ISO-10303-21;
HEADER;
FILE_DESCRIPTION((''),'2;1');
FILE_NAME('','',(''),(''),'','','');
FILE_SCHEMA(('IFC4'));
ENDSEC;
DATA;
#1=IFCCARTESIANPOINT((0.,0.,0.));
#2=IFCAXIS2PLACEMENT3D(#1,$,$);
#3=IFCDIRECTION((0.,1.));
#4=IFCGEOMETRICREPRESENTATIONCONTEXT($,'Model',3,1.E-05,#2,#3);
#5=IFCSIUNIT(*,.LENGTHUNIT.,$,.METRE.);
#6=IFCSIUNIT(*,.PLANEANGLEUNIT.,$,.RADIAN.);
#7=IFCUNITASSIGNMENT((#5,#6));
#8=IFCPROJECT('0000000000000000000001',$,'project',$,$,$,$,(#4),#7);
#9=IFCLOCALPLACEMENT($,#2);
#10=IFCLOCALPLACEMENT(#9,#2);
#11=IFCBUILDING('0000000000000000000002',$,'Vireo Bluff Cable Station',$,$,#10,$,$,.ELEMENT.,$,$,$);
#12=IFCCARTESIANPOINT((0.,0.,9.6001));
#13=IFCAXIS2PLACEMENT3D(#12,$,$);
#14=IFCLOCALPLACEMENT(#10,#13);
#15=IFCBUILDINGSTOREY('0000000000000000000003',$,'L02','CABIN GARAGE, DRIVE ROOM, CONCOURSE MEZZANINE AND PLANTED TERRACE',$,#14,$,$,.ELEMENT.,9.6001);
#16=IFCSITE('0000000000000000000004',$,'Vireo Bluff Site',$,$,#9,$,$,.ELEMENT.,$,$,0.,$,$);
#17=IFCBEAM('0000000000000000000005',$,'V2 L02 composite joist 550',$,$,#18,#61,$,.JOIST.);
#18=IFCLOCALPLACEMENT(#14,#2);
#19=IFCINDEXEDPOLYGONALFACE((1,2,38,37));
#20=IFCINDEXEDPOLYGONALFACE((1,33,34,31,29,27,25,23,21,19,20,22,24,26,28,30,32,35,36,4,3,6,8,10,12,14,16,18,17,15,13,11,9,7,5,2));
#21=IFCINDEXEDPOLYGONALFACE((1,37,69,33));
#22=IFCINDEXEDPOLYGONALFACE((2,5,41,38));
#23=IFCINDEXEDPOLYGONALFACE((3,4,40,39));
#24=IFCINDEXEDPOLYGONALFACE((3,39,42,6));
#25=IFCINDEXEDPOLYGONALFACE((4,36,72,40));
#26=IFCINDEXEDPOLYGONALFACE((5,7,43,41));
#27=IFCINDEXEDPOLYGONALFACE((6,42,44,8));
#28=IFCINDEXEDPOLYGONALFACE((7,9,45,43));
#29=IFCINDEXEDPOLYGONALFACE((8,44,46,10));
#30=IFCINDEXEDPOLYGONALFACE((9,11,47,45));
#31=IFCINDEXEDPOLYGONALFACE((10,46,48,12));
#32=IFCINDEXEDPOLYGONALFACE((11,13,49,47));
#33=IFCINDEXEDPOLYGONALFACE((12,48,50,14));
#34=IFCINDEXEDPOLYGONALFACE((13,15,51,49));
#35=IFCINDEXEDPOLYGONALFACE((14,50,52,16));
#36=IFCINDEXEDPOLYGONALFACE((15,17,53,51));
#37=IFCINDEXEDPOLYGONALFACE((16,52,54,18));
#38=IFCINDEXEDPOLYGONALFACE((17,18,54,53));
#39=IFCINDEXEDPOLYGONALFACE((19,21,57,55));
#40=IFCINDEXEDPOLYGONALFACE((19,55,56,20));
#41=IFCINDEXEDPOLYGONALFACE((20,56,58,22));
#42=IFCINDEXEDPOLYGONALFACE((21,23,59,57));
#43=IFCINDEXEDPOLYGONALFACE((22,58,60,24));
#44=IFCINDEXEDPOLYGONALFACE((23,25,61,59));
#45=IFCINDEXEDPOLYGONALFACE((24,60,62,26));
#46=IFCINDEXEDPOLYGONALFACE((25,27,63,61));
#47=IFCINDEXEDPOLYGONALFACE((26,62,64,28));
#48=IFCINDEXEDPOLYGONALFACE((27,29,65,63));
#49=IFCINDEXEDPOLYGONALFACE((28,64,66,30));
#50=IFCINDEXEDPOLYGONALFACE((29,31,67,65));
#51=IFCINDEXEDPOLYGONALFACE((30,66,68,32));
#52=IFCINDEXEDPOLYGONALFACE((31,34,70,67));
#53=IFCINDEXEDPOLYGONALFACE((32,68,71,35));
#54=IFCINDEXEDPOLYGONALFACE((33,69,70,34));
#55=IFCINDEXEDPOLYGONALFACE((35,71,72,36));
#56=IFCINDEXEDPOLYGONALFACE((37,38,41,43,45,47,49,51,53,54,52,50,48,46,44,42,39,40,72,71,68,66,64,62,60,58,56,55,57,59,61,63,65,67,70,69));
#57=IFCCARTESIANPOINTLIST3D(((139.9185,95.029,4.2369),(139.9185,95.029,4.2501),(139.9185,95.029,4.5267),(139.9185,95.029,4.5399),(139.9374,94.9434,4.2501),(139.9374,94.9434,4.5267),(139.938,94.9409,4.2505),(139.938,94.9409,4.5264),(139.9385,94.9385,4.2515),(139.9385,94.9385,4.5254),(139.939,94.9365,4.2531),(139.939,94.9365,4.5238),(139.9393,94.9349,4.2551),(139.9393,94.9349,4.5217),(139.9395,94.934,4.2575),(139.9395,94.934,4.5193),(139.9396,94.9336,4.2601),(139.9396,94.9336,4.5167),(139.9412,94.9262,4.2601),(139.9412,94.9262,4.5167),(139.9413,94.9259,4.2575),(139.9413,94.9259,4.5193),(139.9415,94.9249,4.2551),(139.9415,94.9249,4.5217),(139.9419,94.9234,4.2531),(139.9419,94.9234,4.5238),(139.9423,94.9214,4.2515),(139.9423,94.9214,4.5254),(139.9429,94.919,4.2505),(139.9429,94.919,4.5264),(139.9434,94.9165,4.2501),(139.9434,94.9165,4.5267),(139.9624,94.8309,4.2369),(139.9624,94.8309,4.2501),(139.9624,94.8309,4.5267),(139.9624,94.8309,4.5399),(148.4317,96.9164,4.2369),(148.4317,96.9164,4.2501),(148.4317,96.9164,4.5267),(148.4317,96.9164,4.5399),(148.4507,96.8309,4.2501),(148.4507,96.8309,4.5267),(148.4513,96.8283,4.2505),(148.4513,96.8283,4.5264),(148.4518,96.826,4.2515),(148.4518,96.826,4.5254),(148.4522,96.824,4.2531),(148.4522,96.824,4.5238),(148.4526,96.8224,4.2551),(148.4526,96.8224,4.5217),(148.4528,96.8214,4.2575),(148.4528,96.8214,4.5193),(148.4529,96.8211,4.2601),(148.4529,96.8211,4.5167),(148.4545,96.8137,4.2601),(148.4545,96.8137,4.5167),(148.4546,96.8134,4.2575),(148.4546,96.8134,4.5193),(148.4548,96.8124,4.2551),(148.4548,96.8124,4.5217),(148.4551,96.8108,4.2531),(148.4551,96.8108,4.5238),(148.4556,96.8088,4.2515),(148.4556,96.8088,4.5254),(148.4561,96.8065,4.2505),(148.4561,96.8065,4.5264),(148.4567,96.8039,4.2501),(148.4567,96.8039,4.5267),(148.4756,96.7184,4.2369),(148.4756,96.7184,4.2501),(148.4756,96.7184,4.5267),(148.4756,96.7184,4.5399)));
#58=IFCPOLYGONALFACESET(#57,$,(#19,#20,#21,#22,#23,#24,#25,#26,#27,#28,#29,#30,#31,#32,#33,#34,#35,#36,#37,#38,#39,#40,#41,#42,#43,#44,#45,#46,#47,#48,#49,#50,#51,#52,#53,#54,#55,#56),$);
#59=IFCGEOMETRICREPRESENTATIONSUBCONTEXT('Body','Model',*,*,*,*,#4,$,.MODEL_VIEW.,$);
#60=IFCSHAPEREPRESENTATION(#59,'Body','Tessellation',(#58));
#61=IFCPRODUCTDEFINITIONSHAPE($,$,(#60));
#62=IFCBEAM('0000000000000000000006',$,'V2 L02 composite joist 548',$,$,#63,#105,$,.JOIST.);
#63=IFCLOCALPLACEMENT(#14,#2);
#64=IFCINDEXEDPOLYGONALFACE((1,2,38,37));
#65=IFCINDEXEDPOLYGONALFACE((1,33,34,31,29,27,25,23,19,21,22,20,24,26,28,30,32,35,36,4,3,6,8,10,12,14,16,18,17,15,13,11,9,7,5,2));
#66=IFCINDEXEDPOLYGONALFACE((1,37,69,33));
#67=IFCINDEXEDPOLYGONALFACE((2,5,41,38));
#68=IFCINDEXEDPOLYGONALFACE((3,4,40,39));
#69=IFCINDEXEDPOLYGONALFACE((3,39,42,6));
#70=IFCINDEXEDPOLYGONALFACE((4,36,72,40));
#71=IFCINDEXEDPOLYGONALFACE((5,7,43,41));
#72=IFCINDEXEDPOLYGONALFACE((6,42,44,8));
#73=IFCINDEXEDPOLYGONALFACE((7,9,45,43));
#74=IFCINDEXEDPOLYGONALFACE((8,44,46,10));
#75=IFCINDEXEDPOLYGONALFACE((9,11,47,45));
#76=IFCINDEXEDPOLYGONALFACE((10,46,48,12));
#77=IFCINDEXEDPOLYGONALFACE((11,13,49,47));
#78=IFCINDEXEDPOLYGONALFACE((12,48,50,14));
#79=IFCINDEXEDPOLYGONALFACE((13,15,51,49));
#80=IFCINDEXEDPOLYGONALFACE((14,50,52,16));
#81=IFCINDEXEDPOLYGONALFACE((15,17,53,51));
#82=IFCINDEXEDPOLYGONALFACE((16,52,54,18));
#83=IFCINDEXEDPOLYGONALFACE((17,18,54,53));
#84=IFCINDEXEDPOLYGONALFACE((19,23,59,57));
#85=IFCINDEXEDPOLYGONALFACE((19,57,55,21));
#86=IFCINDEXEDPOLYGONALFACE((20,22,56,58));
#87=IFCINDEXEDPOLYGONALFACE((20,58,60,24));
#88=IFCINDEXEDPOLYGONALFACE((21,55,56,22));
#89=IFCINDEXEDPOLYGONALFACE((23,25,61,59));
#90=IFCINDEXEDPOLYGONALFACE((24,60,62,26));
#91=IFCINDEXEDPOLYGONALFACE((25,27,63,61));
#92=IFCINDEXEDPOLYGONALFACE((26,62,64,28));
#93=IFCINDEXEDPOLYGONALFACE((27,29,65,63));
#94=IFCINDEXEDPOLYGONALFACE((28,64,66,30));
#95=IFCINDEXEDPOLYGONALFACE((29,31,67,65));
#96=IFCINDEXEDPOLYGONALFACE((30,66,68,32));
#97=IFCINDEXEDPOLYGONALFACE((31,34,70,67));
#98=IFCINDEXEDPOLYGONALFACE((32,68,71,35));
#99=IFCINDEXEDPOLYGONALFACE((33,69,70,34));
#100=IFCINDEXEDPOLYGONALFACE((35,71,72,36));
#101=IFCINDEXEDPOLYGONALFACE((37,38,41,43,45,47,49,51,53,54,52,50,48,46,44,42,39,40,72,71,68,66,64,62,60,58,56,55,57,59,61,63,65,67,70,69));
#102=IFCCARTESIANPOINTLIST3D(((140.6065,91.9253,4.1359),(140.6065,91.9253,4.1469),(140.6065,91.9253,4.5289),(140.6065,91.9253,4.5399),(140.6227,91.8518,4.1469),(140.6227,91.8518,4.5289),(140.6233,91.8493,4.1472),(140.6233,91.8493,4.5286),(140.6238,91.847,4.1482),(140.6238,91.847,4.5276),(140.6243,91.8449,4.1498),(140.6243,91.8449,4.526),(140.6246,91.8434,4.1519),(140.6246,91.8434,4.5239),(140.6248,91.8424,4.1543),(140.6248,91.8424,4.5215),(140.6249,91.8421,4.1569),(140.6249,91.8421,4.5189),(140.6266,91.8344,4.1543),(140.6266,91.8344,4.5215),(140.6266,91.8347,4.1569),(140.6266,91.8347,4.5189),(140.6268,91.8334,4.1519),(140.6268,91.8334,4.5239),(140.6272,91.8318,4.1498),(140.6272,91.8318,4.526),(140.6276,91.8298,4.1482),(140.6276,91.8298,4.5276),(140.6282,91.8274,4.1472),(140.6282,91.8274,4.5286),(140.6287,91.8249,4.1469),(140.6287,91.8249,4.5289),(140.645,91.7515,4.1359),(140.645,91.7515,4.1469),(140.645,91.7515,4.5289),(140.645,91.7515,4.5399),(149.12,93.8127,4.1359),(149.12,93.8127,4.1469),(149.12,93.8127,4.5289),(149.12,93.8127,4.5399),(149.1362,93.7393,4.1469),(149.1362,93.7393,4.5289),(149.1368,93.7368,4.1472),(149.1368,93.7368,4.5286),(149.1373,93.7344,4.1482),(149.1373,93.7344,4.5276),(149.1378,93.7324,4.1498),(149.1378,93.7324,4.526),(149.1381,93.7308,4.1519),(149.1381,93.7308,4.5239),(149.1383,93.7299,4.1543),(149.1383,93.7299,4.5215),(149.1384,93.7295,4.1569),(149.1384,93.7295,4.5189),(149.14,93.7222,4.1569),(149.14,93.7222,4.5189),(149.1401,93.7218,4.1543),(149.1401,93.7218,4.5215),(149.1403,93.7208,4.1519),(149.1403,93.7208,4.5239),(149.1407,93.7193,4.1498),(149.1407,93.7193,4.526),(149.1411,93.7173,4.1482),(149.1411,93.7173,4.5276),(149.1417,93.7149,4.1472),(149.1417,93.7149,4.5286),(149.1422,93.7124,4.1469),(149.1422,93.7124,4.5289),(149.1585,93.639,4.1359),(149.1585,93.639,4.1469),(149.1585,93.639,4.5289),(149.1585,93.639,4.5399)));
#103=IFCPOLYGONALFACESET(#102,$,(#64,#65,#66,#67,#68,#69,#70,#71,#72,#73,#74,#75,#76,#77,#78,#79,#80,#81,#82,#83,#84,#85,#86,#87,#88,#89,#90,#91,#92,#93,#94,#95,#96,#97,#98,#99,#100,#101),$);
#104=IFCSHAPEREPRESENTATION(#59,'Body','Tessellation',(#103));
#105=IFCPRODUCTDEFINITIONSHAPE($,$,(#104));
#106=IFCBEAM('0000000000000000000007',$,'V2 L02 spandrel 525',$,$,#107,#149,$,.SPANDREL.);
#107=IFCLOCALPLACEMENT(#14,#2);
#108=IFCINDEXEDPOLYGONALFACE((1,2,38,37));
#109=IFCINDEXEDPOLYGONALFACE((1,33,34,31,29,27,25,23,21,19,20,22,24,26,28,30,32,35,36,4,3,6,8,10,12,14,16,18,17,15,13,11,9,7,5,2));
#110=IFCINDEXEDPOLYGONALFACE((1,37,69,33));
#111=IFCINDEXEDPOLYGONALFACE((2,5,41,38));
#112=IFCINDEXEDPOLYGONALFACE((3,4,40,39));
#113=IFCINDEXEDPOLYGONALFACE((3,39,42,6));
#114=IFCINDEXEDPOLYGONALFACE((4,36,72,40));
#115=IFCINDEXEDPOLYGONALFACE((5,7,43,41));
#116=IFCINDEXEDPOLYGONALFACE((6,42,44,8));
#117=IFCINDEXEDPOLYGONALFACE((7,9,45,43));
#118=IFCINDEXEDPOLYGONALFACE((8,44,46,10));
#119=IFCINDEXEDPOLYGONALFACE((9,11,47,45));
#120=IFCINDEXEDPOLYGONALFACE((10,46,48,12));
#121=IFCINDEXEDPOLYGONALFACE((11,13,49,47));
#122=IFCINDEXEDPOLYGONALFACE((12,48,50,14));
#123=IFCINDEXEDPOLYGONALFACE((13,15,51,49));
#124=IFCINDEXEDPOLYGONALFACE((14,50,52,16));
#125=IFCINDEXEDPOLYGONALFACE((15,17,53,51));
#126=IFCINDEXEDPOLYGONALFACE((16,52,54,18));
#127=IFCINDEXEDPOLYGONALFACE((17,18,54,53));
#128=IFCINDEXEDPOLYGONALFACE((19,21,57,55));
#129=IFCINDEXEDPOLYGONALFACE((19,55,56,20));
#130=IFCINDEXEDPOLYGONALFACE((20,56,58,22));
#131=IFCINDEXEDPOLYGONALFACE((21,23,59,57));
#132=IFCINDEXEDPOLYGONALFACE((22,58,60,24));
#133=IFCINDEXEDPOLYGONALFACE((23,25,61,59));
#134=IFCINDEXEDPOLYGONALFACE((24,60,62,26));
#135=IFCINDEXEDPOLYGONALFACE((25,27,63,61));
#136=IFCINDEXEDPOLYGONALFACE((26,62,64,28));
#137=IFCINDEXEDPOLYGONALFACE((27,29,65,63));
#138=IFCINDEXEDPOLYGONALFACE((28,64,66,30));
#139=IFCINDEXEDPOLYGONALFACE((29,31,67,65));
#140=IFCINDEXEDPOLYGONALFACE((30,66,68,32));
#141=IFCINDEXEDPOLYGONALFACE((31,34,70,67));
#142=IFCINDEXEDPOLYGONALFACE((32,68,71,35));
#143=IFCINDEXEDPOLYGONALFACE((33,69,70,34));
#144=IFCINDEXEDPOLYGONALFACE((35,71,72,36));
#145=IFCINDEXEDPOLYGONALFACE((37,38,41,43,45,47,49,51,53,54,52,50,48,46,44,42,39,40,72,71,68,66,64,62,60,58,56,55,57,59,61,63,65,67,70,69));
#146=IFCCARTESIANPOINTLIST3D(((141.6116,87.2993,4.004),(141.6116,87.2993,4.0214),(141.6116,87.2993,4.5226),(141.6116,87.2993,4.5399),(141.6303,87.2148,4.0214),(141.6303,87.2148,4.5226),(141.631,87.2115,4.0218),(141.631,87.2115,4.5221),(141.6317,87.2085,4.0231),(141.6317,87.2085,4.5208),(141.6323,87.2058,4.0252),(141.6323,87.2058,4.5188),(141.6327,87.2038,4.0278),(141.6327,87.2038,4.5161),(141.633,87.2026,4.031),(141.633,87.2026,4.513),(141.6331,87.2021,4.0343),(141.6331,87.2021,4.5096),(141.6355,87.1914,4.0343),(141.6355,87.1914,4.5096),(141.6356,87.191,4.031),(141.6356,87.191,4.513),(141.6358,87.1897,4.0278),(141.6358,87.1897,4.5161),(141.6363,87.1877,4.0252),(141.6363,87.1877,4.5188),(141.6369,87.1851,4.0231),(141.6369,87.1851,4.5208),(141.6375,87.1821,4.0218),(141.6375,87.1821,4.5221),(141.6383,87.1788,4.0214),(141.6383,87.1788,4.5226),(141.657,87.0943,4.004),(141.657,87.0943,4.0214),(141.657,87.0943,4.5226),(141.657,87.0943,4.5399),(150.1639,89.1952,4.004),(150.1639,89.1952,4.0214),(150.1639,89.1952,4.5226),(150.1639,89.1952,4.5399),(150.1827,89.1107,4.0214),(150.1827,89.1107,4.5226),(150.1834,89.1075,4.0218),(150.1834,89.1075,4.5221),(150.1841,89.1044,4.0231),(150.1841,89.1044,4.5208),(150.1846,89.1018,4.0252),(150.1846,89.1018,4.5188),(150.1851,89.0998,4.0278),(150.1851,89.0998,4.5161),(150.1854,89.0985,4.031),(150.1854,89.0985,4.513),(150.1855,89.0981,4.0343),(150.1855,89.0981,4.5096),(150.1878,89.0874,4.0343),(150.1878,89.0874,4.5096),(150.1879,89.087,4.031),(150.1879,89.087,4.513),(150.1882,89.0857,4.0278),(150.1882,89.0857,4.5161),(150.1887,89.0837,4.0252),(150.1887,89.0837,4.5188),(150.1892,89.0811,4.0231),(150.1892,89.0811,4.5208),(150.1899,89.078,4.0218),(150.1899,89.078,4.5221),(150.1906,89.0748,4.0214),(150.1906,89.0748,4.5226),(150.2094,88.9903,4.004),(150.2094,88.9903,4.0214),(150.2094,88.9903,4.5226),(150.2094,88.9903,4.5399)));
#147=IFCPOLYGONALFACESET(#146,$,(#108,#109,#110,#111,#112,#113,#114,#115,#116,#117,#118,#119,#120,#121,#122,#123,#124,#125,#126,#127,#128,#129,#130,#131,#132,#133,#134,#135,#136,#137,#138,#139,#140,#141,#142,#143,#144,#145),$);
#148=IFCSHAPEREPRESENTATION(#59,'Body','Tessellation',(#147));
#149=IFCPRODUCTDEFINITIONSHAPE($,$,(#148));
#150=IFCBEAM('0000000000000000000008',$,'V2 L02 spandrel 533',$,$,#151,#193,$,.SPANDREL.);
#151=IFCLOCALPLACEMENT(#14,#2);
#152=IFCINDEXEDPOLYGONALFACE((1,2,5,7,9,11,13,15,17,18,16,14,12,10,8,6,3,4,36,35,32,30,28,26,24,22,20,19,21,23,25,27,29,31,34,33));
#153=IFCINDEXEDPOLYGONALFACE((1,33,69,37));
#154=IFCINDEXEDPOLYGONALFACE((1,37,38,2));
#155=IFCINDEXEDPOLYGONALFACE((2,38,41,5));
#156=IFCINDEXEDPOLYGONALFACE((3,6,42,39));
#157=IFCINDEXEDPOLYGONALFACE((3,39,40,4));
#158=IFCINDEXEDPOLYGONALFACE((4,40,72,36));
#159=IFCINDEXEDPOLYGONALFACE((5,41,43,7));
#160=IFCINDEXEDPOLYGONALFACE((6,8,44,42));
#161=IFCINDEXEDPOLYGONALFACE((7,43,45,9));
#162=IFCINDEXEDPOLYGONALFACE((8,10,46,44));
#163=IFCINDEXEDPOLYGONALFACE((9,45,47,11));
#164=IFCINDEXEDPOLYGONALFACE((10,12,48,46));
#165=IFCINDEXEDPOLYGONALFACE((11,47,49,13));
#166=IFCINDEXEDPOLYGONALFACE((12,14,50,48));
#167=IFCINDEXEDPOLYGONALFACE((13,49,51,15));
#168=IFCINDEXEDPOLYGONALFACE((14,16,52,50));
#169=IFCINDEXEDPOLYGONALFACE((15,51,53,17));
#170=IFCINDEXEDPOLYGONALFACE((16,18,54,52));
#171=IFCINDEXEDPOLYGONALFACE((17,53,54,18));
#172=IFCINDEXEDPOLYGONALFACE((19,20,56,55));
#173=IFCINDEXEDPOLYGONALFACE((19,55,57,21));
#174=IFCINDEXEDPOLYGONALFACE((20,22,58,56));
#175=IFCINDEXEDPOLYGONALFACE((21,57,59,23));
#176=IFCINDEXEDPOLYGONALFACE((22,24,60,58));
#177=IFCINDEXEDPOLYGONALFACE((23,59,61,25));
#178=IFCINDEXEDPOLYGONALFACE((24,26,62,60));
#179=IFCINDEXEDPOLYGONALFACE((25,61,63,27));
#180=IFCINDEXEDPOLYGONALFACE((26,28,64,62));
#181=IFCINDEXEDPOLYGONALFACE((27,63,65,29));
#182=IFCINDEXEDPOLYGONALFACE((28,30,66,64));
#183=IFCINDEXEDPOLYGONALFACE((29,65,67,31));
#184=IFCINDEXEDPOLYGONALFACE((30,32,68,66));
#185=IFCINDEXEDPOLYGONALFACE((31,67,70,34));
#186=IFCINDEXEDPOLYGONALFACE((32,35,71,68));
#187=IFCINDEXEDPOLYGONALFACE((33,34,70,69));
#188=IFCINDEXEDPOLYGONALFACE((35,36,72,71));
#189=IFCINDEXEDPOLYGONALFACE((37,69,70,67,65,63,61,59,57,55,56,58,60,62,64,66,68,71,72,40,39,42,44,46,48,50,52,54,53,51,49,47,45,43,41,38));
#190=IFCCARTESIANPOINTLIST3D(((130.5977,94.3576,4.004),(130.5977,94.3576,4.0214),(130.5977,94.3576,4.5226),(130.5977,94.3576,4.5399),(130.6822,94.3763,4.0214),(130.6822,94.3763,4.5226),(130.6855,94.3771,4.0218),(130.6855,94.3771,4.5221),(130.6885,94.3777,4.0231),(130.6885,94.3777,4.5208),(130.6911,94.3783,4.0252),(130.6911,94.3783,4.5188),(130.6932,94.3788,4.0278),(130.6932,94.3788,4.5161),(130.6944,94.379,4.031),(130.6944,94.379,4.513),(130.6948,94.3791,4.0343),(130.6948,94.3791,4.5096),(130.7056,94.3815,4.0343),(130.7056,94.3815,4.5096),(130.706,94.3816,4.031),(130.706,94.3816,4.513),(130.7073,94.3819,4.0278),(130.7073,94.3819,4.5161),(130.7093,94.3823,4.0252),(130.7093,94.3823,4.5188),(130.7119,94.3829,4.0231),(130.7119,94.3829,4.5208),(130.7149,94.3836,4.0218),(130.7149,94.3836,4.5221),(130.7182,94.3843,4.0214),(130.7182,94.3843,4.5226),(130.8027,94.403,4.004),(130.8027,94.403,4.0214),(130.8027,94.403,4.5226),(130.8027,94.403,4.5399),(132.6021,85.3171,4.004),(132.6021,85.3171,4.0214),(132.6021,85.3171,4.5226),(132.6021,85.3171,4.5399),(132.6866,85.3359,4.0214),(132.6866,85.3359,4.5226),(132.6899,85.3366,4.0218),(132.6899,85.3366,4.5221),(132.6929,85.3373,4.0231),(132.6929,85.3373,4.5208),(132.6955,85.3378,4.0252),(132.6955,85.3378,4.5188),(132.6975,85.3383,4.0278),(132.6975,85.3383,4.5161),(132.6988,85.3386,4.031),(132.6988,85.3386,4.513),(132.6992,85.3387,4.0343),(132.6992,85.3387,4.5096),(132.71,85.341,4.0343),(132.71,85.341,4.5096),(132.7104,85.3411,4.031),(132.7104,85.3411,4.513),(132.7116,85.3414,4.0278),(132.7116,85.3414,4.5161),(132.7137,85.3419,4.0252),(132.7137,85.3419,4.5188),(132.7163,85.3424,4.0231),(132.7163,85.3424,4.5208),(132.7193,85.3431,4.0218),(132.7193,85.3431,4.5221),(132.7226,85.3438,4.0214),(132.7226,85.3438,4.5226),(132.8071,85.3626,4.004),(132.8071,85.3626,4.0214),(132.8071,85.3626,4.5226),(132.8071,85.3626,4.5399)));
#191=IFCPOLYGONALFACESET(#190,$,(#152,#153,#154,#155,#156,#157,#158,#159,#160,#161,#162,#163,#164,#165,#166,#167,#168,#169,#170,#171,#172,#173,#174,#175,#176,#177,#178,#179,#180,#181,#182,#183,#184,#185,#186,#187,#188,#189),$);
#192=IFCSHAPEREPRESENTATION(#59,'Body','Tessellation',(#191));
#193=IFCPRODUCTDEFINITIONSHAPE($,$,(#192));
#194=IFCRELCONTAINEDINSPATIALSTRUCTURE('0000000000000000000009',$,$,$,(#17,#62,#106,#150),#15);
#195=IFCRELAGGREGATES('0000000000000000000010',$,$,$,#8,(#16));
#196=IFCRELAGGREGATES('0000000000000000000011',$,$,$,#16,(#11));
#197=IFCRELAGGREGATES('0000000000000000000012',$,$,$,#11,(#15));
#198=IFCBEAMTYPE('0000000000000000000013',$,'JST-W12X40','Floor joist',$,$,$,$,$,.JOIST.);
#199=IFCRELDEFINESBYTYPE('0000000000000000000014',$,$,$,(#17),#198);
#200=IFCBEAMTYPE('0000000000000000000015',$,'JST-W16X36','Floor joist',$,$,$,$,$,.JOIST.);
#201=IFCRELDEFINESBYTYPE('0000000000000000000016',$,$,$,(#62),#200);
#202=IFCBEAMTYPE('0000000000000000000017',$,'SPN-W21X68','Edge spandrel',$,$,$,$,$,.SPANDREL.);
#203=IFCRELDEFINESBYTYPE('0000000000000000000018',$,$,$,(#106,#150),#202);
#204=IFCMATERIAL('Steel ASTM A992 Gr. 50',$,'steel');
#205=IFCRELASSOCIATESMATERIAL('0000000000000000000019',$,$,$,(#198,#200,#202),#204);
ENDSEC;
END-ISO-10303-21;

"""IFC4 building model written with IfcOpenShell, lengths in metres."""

from ifc_helpers import new_model, si_unit, direction, frame, origin, origin_2d, place, context, subcontext, project, spatial, i_section, extrude, material, material_profile, profile_set, type_object, element, save


model = new_model("IFC4")

# Units and contexts
model_context = context("Model", 3, precision=1e-05, world=origin(), true_north=direction((0.0, 1.0)))
body_context = subcontext(model_context, "Body", "Model", "MODEL_VIEW")
ifc_project = project(units=[si_unit("LENGTHUNIT", "METRE"), si_unit("PLANEANGLEUNIT", "RADIAN")], contexts=[model_context])

# Site, building, storey
site_placement = place(None, origin())
site = spatial("IfcSite", under=ifc_project, at=site_placement, Name="Vireo Bluff Site", CompositionType="ELEMENT", RefElevation=0.0)
building_placement = place(site_placement, origin())
building = spatial("IfcBuilding", under=site, at=building_placement, Name="Vireo Bluff Cable Station", CompositionType="ELEMENT")
storey_placement = place(building_placement, frame((0.0, 0.0, 9.6001)))
storey = spatial("IfcBuildingStorey", under=building, at=storey_placement, Name="L02", Description="CABIN GARAGE, DRIVE ROOM, CONCOURSE MEZZANINE AND PLANTED TERRACE", CompositionType="ELEMENT", Elevation=9.6001)

# Shared definitions
ifc_material_1 = material(Name="Steel ASTM A992 Gr. 50", Category="steel")

# Beams
ifc_material_profile_1 = material_profile(ifc_material_1, i_section(OverallWidth=0.2029, OverallDepth=0.303, WebThickness=0.0076, FlangeThickness=0.0132, FilletRadius=0.01, at=origin_2d()), Name="W12X40")
ifc_profile_set_1 = profile_set([ifc_material_profile_1], Name="Steel ASTM A992 Gr. 50")
beam_type_1 = type_object("IfcBeamType", Name="JST-W12X40", Description="Floor joist", PredefinedType="JOIST", material=ifc_profile_set_1)
for number, where, z_axis, x_axis, name in (
    (1, (139.9404, 94.9299, 4.3884), (0.976293, 0.216453, 0.0), (-0.216453, 0.976293, 0.0), "V2 L02 composite joist 550"),
):
    element("IfcBeam", number, at=place(storey_placement, frame(where, z_axis=z_axis, x_axis=x_axis)), inside=storey, type_object=beam_type_1, Name=name, PredefinedType="JOIST", context=body_context, shape_type="SweptSolid", body=[
        extrude(i_section(OverallWidth=0.2029, OverallDepth=0.303, WebThickness=0.0076, FlangeThickness=0.0132, FilletRadius=0.01, at=origin_2d()), origin(), (0.0, 0.0, 1.0), 8.72),
    ])
ifc_material_profile_2 = material_profile(ifc_material_1, i_section(OverallWidth=0.178, OverallDepth=0.4041, WebThickness=0.0076, FlangeThickness=0.011, FilletRadius=0.01, at=origin_2d()), Name="W16X36")
ifc_profile_set_2 = profile_set([ifc_material_profile_2], Name="Steel ASTM A992 Gr. 50")
beam_type_2 = type_object("IfcBeamType", Name="JST-W16X36", Description="Floor joist", PredefinedType="JOIST", material=ifc_profile_set_2)
beam_1_placement = place(storey_placement, frame((140.6257, 91.8384, 4.3379), z_axis=(0.976294, 0.216447, 0.0), x_axis=(-0.216447, 0.976294, 0.0)))
element("IfcBeam", 2, at=beam_1_placement, inside=storey, type_object=beam_type_2, Name="V2 L02 composite joist 548", PredefinedType="JOIST", context=body_context, shape_type="SweptSolid", body=[
    extrude(i_section(OverallWidth=0.178, OverallDepth=0.4041, WebThickness=0.0076, FlangeThickness=0.011, FilletRadius=0.01, at=origin_2d()), origin(), (0.0, 0.0, 1.0), 8.7202),
])
ifc_material_profile_3 = material_profile(ifc_material_1, i_section(OverallWidth=0.21, OverallDepth=0.5359, WebThickness=0.011, FlangeThickness=0.0173, FilletRadius=0.0129, at=origin_2d()), Name="W21X68")
ifc_profile_set_3 = profile_set([ifc_material_profile_3], Name="Steel ASTM A992 Gr. 50")
beam_type_3 = type_object("IfcBeamType", Name="SPN-W21X68", Description="Edge spandrel", PredefinedType="SPANDREL", material=ifc_profile_set_3)
beam_2_placement = place(storey_placement, frame((141.6343, 87.1968, 4.272), z_axis=(0.976297, 0.216435, 0.0), x_axis=(-0.216435, 0.976297, 0.0)))
element("IfcBeam", 3, at=beam_2_placement, inside=storey, type_object=beam_type_3, Name="V2 L02 spandrel 525", PredefinedType="SPANDREL", context=body_context, shape_type="SweptSolid", body=[
    extrude(i_section(OverallWidth=0.21, OverallDepth=0.5359, WebThickness=0.011, FlangeThickness=0.0173, FilletRadius=0.0129, at=origin_2d()), origin(), (0.0, 0.0, 1.0), 8.76),
])
beam_3_placement = place(storey_placement, frame((132.7046, 85.3398, 4.272), z_axis=(-0.216456, 0.976292, 0.0), x_axis=(-0.976292, -0.216456, 0.0)))
element("IfcBeam", 4, at=beam_3_placement, inside=storey, type_object=beam_type_3, Name="V2 L02 spandrel 533", PredefinedType="SPANDREL", context=body_context, shape_type="SweptSolid", body=[
    extrude(i_section(OverallWidth=0.21, OverallDepth=0.5359, WebThickness=0.011, FlangeThickness=0.0173, FilletRadius=0.0129, at=origin_2d()), origin(), (0.0, 0.0, 1.0), 9.26),
])

save(model, "model.ifc")
